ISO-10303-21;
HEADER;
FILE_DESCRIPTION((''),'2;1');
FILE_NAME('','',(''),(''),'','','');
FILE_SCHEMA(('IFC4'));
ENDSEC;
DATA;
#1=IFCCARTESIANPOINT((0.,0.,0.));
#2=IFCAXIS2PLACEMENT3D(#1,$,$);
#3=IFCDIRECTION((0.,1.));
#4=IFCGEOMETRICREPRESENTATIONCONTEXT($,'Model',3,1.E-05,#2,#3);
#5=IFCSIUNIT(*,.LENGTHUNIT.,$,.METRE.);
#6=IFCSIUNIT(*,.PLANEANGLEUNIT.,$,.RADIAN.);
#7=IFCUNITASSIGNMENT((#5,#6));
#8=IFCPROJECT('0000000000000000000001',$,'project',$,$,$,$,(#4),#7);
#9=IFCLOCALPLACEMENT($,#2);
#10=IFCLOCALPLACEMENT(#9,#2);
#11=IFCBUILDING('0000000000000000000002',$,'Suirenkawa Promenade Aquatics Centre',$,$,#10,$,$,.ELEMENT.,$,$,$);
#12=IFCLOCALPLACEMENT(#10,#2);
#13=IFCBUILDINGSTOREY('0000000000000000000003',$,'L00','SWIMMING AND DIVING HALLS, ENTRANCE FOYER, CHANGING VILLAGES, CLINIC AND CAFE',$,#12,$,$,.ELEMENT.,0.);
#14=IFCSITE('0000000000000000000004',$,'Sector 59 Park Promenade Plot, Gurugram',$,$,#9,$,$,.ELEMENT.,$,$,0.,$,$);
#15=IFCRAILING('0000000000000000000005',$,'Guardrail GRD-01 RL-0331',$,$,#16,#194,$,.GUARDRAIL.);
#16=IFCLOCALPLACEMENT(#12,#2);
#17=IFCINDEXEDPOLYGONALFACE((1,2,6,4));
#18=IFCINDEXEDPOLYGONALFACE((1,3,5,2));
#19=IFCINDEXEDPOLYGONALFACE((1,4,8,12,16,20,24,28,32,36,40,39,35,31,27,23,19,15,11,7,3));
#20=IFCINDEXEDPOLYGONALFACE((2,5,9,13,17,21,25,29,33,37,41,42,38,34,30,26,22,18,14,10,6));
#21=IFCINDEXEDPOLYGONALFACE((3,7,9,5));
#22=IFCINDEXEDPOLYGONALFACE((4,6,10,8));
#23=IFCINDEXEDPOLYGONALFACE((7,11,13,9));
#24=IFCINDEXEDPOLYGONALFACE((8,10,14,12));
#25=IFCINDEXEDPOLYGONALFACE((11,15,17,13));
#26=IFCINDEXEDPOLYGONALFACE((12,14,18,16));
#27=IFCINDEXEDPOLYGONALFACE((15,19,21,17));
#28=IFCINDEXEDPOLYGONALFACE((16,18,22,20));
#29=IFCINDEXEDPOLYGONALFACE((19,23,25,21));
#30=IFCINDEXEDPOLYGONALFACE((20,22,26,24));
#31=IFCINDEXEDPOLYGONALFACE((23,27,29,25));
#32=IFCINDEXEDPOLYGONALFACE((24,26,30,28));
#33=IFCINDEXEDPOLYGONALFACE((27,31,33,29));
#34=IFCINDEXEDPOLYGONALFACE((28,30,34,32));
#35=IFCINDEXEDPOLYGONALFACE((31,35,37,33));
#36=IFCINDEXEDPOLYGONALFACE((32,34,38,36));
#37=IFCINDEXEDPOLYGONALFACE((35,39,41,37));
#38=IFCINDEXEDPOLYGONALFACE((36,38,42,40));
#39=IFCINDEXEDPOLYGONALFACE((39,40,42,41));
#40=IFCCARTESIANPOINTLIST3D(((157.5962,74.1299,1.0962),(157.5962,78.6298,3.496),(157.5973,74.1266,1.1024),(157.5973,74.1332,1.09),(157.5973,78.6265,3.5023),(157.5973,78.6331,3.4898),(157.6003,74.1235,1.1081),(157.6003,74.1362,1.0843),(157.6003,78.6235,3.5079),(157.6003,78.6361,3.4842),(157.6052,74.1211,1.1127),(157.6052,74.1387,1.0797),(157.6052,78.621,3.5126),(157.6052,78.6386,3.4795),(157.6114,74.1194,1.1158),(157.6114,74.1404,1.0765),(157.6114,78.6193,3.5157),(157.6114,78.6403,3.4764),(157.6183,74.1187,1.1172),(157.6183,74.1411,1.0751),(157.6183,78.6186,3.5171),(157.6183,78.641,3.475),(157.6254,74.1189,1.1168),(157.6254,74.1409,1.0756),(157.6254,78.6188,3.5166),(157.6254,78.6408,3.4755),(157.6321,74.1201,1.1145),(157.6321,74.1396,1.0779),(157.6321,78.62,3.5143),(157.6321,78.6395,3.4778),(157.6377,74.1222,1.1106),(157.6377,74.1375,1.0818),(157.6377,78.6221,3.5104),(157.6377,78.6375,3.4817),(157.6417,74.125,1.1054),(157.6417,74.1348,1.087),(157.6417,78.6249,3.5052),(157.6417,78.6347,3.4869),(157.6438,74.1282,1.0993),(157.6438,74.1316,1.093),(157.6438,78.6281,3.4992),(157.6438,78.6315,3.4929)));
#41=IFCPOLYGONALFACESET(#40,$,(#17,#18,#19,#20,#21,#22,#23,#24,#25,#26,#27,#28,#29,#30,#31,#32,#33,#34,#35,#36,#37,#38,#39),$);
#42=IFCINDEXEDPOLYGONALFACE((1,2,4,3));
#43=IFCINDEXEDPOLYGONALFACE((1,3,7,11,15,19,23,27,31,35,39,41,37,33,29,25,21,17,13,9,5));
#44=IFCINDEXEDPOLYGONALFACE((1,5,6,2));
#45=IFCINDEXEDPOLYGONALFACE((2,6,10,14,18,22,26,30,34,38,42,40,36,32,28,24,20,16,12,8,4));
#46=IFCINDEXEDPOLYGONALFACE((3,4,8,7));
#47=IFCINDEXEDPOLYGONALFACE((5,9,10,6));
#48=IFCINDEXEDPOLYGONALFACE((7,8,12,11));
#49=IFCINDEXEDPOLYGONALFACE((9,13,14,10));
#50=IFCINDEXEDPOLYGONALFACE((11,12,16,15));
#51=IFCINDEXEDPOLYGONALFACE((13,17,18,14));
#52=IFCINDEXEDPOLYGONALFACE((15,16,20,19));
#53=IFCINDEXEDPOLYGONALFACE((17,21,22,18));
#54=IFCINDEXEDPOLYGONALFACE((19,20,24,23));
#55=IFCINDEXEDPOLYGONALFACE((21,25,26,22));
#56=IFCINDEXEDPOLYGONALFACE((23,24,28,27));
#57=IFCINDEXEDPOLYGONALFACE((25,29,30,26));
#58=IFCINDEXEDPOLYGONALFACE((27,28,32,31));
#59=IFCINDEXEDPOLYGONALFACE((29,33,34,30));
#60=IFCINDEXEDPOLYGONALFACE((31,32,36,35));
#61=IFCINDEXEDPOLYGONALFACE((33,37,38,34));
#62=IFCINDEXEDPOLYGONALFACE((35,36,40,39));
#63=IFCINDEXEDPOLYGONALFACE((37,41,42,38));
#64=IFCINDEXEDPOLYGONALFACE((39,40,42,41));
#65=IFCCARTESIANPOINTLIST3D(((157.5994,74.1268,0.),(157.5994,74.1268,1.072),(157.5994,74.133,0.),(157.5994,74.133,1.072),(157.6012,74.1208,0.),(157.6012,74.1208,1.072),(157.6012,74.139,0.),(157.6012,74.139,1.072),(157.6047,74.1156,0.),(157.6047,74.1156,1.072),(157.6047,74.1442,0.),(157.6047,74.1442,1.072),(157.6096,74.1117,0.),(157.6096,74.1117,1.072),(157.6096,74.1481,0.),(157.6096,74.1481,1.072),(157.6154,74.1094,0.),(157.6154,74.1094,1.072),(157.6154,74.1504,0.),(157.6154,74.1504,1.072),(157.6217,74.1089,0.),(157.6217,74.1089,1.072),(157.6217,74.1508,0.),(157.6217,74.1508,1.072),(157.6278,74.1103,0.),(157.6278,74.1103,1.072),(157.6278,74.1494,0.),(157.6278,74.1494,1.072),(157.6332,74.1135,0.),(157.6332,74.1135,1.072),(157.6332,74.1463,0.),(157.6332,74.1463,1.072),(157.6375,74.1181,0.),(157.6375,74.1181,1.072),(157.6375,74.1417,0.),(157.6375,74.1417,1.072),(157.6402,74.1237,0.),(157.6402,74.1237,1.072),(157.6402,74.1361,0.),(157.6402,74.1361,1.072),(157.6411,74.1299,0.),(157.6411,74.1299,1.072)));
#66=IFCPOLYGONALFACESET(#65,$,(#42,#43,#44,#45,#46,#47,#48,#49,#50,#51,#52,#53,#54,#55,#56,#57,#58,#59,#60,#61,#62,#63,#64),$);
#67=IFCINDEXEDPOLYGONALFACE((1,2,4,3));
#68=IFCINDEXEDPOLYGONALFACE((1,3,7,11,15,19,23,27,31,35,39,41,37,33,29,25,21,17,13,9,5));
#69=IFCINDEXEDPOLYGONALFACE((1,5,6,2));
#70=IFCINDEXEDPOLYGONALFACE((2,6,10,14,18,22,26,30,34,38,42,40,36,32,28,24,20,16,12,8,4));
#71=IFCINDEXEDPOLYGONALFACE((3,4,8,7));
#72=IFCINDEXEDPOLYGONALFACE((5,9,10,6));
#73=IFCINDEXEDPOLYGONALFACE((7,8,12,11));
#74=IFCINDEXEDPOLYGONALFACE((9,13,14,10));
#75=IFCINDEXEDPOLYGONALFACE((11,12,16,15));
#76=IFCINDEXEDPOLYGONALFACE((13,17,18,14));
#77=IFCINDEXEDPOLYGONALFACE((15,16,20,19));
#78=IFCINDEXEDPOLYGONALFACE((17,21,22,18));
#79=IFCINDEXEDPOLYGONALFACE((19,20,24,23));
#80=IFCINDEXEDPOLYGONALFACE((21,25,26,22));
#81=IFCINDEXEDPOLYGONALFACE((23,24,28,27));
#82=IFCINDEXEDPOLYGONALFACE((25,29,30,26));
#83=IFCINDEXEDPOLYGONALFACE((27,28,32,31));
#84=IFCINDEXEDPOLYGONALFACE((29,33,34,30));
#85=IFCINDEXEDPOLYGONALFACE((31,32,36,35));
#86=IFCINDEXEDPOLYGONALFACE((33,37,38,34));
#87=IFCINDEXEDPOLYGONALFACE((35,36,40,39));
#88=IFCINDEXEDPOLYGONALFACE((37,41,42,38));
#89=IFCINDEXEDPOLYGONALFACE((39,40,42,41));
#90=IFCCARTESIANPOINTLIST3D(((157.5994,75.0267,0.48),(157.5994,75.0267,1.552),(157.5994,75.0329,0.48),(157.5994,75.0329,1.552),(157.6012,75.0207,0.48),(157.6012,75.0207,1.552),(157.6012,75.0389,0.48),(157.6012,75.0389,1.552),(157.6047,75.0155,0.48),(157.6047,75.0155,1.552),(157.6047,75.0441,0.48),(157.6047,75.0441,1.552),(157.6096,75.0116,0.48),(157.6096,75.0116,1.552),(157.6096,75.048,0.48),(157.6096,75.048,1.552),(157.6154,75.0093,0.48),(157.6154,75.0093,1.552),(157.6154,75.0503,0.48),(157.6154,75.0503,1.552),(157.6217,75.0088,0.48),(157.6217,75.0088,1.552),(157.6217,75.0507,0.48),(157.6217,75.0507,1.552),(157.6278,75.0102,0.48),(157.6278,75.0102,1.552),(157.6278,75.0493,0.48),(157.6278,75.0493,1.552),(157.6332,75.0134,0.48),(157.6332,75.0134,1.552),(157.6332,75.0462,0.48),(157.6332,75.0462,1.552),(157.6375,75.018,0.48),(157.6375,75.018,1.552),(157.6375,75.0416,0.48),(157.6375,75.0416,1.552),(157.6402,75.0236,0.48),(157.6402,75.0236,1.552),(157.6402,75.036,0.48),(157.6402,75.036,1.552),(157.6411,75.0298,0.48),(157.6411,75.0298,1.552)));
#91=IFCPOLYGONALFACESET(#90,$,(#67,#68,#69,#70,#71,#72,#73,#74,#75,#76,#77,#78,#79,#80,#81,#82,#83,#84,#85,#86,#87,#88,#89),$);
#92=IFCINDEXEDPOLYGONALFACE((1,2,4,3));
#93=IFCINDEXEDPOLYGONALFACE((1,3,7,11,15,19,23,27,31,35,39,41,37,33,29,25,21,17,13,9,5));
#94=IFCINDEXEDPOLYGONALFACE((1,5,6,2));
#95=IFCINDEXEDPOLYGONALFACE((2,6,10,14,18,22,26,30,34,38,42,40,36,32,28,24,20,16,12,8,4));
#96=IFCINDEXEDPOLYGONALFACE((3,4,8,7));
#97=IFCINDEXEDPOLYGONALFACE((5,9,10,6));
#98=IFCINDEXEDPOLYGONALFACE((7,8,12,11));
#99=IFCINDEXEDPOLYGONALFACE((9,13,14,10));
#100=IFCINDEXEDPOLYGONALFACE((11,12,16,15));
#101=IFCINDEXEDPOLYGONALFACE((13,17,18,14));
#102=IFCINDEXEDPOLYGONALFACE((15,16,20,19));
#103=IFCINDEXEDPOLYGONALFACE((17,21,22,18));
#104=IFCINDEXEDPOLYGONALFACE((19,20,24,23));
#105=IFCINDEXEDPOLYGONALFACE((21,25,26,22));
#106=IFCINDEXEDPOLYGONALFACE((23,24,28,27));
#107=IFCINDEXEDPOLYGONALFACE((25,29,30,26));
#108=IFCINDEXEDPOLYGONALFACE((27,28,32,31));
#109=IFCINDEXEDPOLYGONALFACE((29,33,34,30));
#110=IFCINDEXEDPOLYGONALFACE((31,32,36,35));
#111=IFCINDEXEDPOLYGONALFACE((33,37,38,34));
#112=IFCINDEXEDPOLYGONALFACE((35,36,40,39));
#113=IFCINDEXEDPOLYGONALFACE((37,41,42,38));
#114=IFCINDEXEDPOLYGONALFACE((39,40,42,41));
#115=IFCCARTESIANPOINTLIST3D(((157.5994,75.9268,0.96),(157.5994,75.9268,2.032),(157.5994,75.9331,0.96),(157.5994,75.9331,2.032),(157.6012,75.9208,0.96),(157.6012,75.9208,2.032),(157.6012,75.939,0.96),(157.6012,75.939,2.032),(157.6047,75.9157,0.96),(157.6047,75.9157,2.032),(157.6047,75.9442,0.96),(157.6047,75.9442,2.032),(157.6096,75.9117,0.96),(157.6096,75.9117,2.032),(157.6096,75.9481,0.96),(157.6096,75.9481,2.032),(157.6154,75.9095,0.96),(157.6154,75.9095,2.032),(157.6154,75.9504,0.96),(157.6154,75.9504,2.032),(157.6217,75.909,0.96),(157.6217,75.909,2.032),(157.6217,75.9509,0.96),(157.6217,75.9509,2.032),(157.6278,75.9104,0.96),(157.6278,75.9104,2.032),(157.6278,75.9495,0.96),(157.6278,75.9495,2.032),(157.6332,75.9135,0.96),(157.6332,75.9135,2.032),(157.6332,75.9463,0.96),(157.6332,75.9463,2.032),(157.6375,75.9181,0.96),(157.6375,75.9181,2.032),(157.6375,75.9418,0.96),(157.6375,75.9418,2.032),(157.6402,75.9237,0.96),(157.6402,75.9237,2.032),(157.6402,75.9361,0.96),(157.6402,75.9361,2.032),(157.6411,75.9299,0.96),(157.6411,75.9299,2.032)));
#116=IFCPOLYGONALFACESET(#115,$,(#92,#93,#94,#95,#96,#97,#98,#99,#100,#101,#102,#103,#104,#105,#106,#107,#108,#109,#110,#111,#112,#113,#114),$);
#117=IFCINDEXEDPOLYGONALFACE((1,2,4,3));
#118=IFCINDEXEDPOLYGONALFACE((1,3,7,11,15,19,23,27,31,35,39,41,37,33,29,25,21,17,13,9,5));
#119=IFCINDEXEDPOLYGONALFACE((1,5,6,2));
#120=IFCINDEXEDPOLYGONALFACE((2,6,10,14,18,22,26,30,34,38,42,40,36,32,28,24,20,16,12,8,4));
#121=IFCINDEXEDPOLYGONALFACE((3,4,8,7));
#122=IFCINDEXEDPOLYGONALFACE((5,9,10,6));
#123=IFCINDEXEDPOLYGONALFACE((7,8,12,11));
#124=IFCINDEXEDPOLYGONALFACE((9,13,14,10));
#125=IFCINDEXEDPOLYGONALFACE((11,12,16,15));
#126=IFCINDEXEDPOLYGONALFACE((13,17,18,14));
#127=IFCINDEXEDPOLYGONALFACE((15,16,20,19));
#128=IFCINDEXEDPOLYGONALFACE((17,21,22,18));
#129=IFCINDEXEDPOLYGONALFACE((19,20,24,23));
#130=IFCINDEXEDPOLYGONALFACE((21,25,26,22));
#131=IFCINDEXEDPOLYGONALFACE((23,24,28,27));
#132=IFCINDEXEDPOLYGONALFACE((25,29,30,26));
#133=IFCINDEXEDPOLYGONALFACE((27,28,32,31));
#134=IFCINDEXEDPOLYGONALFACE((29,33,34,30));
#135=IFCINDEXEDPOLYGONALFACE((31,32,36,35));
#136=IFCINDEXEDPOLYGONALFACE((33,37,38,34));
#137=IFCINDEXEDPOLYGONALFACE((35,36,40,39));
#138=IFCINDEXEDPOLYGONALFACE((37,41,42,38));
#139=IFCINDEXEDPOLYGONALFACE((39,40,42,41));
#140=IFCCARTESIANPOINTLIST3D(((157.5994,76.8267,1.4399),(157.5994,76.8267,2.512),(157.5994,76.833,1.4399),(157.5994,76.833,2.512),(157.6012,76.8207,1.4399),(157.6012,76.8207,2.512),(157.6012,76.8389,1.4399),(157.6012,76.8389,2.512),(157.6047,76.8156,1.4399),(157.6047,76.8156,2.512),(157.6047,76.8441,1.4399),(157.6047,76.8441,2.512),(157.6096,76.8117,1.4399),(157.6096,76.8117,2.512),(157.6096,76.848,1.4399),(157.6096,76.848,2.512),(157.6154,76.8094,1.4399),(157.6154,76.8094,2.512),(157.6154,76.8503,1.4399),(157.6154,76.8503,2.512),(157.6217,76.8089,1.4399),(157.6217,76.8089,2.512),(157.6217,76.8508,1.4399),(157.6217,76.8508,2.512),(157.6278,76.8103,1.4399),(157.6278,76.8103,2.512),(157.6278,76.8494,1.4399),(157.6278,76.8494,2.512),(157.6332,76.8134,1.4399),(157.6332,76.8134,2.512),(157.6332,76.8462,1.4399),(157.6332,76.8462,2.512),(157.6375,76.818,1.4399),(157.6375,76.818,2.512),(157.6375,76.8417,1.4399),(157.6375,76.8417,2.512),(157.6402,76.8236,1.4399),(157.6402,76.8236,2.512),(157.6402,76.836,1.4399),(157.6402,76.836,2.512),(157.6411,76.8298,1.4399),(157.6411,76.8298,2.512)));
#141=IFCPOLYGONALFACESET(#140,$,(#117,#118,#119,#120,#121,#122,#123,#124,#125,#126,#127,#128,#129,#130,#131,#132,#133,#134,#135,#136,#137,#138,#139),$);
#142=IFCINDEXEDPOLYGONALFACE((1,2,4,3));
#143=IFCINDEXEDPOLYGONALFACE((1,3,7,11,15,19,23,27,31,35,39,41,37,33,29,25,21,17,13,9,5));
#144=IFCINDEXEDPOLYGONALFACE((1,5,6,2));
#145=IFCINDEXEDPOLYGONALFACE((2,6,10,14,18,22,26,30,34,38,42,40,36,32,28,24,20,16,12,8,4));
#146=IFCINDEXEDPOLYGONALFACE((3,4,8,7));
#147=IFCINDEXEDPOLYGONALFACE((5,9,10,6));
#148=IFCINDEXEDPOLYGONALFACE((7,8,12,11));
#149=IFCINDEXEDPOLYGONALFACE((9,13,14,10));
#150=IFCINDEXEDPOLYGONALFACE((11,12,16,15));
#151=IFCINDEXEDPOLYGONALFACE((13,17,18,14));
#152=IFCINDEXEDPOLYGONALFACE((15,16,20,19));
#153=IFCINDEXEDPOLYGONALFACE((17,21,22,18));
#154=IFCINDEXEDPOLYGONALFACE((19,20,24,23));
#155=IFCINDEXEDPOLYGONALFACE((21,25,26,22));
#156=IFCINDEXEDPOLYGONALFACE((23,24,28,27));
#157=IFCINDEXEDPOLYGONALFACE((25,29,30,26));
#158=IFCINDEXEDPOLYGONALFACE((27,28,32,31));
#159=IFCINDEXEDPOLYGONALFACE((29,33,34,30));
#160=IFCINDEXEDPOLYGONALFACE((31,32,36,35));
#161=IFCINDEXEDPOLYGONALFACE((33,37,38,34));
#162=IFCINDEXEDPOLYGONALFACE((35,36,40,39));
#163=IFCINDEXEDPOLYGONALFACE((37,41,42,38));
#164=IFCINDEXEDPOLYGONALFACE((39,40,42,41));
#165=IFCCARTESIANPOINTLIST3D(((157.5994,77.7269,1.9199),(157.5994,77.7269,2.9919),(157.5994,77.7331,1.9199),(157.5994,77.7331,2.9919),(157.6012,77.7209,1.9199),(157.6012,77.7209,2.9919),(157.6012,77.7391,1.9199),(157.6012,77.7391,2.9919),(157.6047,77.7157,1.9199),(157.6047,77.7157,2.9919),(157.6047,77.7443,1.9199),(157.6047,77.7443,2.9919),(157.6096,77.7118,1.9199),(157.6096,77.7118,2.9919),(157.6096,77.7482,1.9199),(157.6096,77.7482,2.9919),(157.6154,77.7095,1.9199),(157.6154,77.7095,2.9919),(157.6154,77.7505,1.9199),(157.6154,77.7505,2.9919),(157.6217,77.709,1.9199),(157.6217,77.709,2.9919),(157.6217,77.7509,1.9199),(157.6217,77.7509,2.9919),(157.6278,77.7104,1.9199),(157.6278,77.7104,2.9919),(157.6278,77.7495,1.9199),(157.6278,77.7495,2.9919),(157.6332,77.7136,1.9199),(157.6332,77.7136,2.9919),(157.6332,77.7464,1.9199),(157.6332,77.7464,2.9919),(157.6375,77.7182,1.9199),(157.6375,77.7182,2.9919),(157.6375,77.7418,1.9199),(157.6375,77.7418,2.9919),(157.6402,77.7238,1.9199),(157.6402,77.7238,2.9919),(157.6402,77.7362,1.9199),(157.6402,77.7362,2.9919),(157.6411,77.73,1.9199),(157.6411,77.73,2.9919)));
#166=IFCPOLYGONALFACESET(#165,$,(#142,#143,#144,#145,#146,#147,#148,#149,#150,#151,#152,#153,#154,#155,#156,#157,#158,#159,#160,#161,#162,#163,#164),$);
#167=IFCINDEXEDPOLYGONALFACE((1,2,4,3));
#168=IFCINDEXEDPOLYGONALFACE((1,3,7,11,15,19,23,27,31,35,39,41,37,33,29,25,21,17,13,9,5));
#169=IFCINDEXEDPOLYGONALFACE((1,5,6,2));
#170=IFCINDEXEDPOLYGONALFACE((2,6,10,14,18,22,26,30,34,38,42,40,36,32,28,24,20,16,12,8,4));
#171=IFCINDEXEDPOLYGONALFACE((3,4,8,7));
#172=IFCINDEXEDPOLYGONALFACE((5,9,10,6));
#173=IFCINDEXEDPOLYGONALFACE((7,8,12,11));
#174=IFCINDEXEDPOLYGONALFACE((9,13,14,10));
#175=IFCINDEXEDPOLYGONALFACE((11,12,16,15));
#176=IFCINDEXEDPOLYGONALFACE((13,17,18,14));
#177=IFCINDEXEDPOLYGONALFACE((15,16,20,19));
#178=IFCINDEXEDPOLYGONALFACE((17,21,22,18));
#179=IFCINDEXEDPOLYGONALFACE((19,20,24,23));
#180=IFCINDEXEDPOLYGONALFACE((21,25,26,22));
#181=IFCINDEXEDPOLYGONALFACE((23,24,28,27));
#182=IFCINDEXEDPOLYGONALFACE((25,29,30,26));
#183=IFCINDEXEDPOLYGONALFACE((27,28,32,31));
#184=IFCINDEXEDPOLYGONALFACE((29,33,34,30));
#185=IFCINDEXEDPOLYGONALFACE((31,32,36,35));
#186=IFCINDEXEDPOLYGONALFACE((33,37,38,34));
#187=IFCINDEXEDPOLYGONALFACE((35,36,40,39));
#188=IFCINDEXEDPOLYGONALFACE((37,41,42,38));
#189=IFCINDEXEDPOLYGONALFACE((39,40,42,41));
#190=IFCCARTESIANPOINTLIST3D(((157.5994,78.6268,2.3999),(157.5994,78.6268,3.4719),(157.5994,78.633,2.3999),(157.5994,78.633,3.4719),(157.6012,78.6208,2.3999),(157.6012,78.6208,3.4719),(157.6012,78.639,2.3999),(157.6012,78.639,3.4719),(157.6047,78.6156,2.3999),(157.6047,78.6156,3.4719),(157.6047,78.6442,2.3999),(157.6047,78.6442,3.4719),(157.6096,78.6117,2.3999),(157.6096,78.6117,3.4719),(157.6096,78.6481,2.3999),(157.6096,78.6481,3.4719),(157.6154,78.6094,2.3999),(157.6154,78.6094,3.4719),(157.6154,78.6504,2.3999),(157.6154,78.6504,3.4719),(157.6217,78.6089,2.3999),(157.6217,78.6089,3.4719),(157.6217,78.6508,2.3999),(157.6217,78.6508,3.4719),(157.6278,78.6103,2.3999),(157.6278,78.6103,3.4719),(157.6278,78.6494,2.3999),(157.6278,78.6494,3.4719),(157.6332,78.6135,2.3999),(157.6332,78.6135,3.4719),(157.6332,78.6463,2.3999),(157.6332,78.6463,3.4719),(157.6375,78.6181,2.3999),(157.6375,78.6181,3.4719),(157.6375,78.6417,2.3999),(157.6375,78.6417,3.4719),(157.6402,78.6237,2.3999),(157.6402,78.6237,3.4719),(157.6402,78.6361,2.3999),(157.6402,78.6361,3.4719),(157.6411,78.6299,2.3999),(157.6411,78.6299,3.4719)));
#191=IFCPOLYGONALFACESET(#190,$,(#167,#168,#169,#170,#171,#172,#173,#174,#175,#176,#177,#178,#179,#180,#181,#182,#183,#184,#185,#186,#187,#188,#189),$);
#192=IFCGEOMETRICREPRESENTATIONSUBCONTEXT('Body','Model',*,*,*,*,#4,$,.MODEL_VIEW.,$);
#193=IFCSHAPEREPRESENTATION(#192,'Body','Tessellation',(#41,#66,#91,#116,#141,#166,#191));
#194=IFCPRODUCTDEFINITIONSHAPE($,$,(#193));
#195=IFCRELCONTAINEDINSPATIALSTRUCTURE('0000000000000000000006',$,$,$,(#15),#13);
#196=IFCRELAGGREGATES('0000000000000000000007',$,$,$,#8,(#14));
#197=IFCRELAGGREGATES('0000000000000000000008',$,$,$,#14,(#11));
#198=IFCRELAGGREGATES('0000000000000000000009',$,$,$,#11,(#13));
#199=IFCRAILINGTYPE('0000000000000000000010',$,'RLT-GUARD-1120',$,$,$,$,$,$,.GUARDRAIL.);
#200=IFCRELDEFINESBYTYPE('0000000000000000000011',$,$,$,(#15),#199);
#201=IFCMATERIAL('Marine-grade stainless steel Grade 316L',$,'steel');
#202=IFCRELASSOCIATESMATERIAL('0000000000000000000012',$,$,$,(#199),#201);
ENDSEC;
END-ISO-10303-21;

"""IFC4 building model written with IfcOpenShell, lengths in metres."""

from ifc_helpers import new_model, si_unit, direction, frame, origin, origin_2d, place, context, subcontext, project, spatial, circle, extrude, material, type_object, element, save


model = new_model("IFC4")

# Units and contexts
model_context = context("Model", 3, precision=1e-05, world=origin(), true_north=direction((0.0, 1.0)))
body_context = subcontext(model_context, "Body", "Model", "MODEL_VIEW")
ifc_project = project(units=[si_unit("LENGTHUNIT", "METRE"), si_unit("PLANEANGLEUNIT", "RADIAN")], contexts=[model_context])

# Site, building, storey
site_placement = place(None, origin())
site = spatial("IfcSite", under=ifc_project, at=site_placement, Name="Sector 59 Park Promenade Plot, Gurugram", CompositionType="ELEMENT", RefElevation=0.0)
building_placement = place(site_placement, origin())
building = spatial("IfcBuilding", under=site, at=building_placement, Name="Suirenkawa Promenade Aquatics Centre", CompositionType="ELEMENT")
storey_placement = place(building_placement, origin())
storey = spatial("IfcBuildingStorey", under=building, at=storey_placement, Name="L00", Description="SWIMMING AND DIVING HALLS, ENTRANCE FOYER, CHANGING VILLAGES, CLINIC AND CAFE", CompositionType="ELEMENT", Elevation=0.0)

# Railing
ifc_material_1 = material(Name="Marine-grade stainless steel Grade 316L", Category="steel")
railing_type_1 = type_object("IfcRailingType", Name="RLT-GUARD-1120", PredefinedType="GUARDRAIL", material=ifc_material_1)
for number, where, name in (
    (1, (157.6201, 74.1299, 0.0), "Guardrail GRD-01 RL-0331"),
):
    element("IfcRailing", number, at=place(storey_placement, frame(where)), inside=storey, type_object=railing_type_1, Name=name, PredefinedType="GUARDRAIL", context=body_context, shape_type="SweptSolid", body=[
        extrude(circle(Radius=0.0239, at=origin_2d()), frame((0.0, 0.0, 1.0962), z_axis=(0.0, 0.882361, 0.470573), x_axis=(-1.0, 0.0, 0.0)), (0.0, 0.0, 1.0), 5.0999),
        extrude(circle(Radius=0.021, at=origin_2d()), origin(), (0.0, 0.0, 1.0), 1.072),
        extrude(circle(Radius=0.021, at=origin_2d()), frame((0.0, 0.8999, 0.48)), (0.0, 0.0, 1.0), 1.072),
        extrude(circle(Radius=0.021, at=origin_2d()), frame((0.0, 1.8, 0.96)), (0.0, 0.0, 1.0), 1.072),
        extrude(circle(Radius=0.021, at=origin_2d()), frame((0.0, 2.7, 1.4399)), (0.0, 0.0, 1.0), 1.072),
        extrude(circle(Radius=0.021, at=origin_2d()), frame((0.0, 3.6001, 1.9199)), (0.0, 0.0, 1.0), 1.072),
        extrude(circle(Radius=0.021, at=origin_2d()), frame((0.0, 4.5, 2.3999)), (0.0, 0.0, 1.0), 1.072),
    ])

save(model, "model.ifc")
